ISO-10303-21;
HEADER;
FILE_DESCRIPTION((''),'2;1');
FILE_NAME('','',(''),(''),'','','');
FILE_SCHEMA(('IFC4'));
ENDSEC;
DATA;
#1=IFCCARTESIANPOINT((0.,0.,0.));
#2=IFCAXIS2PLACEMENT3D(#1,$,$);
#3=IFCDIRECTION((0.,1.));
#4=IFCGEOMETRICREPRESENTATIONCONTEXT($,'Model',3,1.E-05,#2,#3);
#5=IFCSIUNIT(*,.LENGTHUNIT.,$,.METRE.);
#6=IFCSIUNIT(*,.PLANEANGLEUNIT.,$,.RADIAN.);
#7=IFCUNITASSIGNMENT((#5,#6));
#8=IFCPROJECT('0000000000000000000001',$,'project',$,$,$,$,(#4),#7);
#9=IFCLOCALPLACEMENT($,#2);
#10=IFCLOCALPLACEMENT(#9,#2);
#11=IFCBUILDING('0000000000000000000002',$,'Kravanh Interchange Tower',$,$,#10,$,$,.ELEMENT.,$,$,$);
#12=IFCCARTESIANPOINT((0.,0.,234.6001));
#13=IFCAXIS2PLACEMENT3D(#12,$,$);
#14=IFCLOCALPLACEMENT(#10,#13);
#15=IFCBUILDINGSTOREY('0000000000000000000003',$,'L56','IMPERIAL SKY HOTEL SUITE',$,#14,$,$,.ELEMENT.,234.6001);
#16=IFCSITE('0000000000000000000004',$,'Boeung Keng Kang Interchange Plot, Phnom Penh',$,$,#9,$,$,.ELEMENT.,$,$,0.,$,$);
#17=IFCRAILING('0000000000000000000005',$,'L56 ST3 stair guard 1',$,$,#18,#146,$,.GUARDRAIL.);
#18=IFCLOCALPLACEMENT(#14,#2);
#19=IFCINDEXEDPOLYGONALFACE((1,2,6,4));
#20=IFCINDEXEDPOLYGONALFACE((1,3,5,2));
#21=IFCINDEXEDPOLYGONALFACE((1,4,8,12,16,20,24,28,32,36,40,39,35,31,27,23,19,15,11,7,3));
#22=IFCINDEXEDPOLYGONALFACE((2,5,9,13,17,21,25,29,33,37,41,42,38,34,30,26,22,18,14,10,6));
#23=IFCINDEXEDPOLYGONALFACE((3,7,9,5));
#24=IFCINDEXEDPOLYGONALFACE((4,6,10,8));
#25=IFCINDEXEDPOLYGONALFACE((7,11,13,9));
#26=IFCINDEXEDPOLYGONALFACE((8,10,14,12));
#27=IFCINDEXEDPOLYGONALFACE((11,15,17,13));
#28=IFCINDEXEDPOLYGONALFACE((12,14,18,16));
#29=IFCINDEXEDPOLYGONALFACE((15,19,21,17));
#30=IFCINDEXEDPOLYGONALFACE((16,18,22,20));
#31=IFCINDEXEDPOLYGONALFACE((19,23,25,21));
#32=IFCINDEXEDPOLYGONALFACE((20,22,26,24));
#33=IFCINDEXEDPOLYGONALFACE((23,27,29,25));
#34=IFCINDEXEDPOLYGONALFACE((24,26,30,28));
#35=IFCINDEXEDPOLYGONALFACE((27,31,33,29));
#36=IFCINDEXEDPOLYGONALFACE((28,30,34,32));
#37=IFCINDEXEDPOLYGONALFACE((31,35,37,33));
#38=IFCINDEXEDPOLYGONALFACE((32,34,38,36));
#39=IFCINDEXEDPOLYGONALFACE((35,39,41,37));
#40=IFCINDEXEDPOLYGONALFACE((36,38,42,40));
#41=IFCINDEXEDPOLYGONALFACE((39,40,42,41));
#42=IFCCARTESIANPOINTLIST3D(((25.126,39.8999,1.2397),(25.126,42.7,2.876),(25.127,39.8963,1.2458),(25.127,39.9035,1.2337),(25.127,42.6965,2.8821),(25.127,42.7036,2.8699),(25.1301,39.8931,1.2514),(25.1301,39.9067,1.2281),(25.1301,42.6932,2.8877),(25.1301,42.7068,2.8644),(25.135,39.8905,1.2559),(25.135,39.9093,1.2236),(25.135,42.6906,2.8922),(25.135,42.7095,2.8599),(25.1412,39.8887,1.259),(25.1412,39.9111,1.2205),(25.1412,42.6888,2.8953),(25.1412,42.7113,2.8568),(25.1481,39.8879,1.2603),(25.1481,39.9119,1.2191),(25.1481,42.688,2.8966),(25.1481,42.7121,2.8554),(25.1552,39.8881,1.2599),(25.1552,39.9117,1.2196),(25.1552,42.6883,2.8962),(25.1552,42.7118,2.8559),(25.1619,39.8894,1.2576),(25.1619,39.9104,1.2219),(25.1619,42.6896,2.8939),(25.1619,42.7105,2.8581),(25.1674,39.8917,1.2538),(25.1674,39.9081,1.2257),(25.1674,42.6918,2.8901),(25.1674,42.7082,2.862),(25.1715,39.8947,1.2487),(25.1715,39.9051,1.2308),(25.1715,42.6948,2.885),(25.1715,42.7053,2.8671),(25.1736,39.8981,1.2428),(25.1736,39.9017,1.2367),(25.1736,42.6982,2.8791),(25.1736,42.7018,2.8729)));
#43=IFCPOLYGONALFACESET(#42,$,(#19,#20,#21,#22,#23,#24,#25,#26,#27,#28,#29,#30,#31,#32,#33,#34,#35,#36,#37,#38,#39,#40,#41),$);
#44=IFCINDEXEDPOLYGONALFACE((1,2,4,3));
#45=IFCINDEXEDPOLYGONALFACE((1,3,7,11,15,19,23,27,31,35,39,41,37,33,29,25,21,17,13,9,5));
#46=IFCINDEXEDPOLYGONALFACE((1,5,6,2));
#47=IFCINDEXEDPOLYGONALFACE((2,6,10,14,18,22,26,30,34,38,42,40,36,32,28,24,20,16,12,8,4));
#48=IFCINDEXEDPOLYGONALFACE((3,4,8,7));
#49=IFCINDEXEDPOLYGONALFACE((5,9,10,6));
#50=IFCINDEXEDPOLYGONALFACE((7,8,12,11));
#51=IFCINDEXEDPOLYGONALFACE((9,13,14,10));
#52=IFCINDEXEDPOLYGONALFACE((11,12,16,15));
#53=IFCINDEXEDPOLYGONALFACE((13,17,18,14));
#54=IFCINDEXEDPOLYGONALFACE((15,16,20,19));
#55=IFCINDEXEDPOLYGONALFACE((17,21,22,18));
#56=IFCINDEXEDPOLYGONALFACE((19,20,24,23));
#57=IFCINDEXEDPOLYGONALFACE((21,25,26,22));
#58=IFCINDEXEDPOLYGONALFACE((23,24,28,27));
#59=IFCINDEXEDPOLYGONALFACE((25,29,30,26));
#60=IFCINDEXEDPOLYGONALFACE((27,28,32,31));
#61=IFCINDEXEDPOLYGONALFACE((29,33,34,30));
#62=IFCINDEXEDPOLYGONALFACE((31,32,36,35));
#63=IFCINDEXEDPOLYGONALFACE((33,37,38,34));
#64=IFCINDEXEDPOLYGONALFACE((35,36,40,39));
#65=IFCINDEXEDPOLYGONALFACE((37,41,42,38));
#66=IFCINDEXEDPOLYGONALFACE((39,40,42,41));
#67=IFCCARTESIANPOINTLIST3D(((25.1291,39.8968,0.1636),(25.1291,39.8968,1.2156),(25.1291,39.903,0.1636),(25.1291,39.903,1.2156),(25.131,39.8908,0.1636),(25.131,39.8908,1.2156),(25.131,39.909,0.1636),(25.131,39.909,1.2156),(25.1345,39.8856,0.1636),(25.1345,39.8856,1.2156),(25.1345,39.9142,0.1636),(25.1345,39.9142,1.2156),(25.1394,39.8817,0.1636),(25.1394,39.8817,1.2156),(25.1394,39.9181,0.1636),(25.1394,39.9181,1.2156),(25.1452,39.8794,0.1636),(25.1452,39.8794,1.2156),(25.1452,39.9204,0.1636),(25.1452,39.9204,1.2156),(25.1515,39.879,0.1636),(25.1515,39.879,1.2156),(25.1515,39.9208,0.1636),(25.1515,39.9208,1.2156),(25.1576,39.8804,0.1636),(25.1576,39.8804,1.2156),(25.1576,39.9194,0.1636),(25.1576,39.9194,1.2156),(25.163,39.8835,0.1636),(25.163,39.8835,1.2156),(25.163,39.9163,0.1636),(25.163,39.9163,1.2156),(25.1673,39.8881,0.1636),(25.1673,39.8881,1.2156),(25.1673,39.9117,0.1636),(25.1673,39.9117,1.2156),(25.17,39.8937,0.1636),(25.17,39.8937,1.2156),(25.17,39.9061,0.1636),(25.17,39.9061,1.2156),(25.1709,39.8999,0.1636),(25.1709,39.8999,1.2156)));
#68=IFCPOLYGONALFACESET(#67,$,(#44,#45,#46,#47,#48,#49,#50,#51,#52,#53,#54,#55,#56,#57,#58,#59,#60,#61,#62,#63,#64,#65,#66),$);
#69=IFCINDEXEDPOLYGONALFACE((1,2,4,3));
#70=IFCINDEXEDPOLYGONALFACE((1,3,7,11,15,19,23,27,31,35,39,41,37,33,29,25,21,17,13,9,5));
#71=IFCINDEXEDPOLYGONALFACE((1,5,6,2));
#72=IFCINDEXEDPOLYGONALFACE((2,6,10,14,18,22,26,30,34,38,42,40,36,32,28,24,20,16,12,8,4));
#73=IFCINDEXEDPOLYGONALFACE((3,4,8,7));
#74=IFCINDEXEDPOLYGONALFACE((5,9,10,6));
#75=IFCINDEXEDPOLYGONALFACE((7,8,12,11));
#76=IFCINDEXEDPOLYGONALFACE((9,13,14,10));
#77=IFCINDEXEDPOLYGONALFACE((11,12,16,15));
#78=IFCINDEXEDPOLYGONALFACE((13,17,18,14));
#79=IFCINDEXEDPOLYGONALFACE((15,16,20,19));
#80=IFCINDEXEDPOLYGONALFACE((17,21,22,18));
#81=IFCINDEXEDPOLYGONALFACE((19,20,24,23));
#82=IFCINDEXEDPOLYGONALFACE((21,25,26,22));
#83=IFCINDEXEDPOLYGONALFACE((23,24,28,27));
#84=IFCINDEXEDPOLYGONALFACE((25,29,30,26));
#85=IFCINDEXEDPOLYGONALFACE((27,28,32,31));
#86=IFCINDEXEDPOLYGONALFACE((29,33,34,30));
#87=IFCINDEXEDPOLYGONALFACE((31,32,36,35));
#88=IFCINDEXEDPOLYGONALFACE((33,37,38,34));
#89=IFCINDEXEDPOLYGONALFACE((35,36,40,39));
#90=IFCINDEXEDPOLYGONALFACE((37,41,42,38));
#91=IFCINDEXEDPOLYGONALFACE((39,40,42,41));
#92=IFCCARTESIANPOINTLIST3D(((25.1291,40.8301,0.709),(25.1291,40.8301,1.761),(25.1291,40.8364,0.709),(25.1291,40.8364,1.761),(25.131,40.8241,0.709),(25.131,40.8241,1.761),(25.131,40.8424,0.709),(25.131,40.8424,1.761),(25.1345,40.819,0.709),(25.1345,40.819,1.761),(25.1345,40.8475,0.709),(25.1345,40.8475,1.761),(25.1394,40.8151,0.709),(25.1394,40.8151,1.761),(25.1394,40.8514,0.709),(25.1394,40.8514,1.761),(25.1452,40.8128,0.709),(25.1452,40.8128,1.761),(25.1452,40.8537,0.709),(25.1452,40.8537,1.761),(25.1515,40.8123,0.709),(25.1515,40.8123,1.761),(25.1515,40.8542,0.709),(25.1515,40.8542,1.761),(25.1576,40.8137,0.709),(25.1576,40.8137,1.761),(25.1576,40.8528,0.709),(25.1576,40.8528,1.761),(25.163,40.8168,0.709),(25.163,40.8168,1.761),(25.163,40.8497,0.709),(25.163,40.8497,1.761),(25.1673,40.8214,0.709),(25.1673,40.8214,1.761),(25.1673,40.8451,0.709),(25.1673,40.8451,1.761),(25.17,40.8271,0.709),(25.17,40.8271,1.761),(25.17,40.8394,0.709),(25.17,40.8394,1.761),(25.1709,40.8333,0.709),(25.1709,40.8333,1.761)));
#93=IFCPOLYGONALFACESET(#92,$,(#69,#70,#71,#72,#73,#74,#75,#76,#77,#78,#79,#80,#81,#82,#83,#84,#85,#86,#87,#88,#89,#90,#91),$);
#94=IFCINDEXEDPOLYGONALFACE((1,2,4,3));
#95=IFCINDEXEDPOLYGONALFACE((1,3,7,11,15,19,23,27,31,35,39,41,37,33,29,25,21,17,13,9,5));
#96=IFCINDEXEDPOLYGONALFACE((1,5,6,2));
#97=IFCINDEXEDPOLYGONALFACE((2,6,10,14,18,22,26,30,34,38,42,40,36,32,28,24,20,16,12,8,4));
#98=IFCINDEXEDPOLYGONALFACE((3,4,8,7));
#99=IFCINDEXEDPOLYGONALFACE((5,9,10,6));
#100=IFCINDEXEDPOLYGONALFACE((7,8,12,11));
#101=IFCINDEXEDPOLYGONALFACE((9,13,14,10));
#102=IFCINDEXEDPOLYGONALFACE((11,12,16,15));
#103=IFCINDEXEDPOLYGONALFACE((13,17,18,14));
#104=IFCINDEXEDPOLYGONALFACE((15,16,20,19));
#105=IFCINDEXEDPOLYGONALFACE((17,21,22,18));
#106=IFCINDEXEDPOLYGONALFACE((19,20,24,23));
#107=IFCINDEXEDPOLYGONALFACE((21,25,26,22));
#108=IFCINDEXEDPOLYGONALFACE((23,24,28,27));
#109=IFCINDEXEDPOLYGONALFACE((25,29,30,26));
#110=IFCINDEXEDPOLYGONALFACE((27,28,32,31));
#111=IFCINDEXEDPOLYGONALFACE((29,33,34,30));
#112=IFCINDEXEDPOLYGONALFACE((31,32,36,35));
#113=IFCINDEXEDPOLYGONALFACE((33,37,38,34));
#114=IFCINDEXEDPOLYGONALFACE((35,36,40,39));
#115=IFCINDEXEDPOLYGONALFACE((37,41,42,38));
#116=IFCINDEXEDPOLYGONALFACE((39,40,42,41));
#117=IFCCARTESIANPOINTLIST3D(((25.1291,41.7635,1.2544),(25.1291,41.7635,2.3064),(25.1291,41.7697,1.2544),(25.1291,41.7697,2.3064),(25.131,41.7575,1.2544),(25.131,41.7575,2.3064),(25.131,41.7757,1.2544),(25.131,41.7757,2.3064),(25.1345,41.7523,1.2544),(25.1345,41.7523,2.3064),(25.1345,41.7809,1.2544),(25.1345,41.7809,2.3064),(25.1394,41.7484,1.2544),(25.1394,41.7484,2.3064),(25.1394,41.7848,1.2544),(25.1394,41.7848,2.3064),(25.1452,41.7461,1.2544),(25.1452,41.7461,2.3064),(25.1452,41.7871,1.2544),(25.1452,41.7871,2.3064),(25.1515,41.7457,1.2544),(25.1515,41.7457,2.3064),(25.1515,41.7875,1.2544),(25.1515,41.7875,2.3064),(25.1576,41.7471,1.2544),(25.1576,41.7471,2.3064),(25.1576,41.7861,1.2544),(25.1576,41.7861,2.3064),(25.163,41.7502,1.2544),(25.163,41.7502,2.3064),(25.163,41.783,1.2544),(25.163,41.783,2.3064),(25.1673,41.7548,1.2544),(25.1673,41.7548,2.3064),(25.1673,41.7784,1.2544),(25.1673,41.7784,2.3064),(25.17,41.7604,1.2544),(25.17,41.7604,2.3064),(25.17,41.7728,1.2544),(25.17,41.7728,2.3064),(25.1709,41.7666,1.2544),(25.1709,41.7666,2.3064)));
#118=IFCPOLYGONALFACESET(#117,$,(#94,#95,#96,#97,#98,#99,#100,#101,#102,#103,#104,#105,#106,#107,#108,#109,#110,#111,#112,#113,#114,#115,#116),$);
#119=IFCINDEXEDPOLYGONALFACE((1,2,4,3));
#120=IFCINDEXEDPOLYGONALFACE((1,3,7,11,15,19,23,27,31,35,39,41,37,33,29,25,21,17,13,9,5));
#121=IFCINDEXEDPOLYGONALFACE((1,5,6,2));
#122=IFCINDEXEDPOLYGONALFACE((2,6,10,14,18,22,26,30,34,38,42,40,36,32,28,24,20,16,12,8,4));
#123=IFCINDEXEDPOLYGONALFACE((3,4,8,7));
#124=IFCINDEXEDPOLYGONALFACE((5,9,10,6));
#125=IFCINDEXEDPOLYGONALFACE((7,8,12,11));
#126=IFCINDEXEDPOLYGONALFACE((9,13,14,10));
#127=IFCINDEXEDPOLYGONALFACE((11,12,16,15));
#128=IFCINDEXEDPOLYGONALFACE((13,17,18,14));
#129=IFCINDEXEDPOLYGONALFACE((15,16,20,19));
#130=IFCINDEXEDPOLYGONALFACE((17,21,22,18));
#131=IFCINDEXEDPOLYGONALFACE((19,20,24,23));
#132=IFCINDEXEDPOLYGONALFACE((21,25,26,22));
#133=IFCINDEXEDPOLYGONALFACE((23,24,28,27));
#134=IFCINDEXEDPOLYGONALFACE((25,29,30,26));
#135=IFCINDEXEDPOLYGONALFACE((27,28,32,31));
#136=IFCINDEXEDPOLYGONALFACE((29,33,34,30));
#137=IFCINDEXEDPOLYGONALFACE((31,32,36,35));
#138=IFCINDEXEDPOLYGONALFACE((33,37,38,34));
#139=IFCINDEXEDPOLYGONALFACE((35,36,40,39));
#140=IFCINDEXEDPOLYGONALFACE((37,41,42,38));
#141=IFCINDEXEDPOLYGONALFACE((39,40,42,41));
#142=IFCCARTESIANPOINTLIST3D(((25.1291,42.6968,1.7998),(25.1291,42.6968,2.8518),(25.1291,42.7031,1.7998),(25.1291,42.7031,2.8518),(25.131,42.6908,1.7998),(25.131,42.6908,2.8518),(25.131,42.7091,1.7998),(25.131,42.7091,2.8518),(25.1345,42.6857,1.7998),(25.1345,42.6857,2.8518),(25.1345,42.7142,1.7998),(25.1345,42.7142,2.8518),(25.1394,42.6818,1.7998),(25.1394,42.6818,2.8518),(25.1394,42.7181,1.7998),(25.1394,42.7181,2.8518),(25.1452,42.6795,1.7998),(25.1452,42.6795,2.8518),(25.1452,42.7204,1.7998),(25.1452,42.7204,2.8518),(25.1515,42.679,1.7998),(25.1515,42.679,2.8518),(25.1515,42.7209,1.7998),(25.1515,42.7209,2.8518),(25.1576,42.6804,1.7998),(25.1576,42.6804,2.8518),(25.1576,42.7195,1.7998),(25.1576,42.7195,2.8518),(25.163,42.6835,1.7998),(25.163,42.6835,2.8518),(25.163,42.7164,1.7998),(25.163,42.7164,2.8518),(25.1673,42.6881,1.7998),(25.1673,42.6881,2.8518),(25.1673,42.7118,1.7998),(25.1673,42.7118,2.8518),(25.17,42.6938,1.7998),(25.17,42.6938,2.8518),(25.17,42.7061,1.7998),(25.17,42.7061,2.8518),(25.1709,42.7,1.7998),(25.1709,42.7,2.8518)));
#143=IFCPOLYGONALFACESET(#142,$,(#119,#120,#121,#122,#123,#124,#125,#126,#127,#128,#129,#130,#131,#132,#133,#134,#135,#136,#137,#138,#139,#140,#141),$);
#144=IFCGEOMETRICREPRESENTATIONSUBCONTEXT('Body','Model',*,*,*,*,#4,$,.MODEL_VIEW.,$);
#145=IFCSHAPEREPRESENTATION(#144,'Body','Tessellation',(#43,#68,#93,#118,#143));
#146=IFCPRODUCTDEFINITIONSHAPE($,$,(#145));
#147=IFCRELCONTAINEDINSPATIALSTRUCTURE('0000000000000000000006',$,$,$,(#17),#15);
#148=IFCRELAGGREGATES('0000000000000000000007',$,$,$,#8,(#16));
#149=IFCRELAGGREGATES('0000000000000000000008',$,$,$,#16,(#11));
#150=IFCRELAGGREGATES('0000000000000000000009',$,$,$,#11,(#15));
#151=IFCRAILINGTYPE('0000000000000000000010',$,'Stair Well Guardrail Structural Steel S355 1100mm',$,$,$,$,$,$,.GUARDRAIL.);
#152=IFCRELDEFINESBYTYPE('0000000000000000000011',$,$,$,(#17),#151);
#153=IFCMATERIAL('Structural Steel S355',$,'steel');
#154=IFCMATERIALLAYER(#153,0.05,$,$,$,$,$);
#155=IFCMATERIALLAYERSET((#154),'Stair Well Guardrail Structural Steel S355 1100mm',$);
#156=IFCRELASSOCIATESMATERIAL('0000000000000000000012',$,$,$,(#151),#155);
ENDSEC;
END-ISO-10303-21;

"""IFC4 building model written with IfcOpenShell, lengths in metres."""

from ifc_helpers import new_model, si_unit, direction, frame, origin, origin_2d, place, context, subcontext, project, spatial, circle, extrude, material, layer, layer_set, type_object, element, save


model = new_model("IFC4")

# Units and contexts
model_context = context("Model", 3, precision=1e-05, world=origin(), true_north=direction((0.0, 1.0)))
body_context = subcontext(model_context, "Body", "Model", "MODEL_VIEW")
ifc_project = project(units=[si_unit("LENGTHUNIT", "METRE"), si_unit("PLANEANGLEUNIT", "RADIAN")], contexts=[model_context])

# Site, building, storey
site_placement = place(None, origin())
site = spatial("IfcSite", under=ifc_project, at=site_placement, Name="Boeung Keng Kang Interchange Plot, Phnom Penh", CompositionType="ELEMENT", RefElevation=0.0)
building_placement = place(site_placement, origin())
building = spatial("IfcBuilding", under=site, at=building_placement, Name="Kravanh Interchange Tower", CompositionType="ELEMENT")
storey_placement = place(building_placement, frame((0.0, 0.0, 234.6001)))
storey = spatial("IfcBuildingStorey", under=building, at=storey_placement, Name="L56", Description="IMPERIAL SKY HOTEL SUITE", CompositionType="ELEMENT", Elevation=234.6001)

# Railing
ifc_material_1 = material(Name="Structural Steel S355", Category="steel")
ifc_layer_1 = layer(ifc_material_1, 0.05)
ifc_layer_set_1 = layer_set([ifc_layer_1], Name="Stair Well Guardrail Structural Steel S355 1100mm")
railing_type_1 = type_object("IfcRailingType", Name="Stair Well Guardrail Structural Steel S355 1100mm", PredefinedType="GUARDRAIL", material=ifc_layer_set_1)
railing_1_placement = place(storey_placement, frame((25.1499, 39.8999, 0.1636)))
element("IfcRailing", 1, at=railing_1_placement, inside=storey, type_object=railing_type_1, Name="L56 ST3 stair guard 1", PredefinedType="GUARDRAIL", context=body_context, shape_type="SweptSolid", body=[
    extrude(circle(Radius=0.0239, at=origin_2d()), frame((0.0, 0.0, 1.0762), z_axis=(0.0, 0.863394, 0.504531), x_axis=(-1.0, 0.0, 0.0)), (0.0, 0.0, 1.0), 3.2432),
    extrude(circle(Radius=0.021, at=origin_2d()), origin(), (0.0, 0.0, 1.0), 1.052),
    extrude(circle(Radius=0.021, at=origin_2d()), frame((0.0, 0.9333, 0.5454)), (0.0, 0.0, 1.0), 1.052),
    extrude(circle(Radius=0.021, at=origin_2d()), frame((0.0, 1.8667, 1.0908)), (0.0, 0.0, 1.0), 1.052),
    extrude(circle(Radius=0.021, at=origin_2d()), frame((0.0, 2.8, 1.6362)), (0.0, 0.0, 1.0), 1.052),
])

save(model, "model.ifc")
